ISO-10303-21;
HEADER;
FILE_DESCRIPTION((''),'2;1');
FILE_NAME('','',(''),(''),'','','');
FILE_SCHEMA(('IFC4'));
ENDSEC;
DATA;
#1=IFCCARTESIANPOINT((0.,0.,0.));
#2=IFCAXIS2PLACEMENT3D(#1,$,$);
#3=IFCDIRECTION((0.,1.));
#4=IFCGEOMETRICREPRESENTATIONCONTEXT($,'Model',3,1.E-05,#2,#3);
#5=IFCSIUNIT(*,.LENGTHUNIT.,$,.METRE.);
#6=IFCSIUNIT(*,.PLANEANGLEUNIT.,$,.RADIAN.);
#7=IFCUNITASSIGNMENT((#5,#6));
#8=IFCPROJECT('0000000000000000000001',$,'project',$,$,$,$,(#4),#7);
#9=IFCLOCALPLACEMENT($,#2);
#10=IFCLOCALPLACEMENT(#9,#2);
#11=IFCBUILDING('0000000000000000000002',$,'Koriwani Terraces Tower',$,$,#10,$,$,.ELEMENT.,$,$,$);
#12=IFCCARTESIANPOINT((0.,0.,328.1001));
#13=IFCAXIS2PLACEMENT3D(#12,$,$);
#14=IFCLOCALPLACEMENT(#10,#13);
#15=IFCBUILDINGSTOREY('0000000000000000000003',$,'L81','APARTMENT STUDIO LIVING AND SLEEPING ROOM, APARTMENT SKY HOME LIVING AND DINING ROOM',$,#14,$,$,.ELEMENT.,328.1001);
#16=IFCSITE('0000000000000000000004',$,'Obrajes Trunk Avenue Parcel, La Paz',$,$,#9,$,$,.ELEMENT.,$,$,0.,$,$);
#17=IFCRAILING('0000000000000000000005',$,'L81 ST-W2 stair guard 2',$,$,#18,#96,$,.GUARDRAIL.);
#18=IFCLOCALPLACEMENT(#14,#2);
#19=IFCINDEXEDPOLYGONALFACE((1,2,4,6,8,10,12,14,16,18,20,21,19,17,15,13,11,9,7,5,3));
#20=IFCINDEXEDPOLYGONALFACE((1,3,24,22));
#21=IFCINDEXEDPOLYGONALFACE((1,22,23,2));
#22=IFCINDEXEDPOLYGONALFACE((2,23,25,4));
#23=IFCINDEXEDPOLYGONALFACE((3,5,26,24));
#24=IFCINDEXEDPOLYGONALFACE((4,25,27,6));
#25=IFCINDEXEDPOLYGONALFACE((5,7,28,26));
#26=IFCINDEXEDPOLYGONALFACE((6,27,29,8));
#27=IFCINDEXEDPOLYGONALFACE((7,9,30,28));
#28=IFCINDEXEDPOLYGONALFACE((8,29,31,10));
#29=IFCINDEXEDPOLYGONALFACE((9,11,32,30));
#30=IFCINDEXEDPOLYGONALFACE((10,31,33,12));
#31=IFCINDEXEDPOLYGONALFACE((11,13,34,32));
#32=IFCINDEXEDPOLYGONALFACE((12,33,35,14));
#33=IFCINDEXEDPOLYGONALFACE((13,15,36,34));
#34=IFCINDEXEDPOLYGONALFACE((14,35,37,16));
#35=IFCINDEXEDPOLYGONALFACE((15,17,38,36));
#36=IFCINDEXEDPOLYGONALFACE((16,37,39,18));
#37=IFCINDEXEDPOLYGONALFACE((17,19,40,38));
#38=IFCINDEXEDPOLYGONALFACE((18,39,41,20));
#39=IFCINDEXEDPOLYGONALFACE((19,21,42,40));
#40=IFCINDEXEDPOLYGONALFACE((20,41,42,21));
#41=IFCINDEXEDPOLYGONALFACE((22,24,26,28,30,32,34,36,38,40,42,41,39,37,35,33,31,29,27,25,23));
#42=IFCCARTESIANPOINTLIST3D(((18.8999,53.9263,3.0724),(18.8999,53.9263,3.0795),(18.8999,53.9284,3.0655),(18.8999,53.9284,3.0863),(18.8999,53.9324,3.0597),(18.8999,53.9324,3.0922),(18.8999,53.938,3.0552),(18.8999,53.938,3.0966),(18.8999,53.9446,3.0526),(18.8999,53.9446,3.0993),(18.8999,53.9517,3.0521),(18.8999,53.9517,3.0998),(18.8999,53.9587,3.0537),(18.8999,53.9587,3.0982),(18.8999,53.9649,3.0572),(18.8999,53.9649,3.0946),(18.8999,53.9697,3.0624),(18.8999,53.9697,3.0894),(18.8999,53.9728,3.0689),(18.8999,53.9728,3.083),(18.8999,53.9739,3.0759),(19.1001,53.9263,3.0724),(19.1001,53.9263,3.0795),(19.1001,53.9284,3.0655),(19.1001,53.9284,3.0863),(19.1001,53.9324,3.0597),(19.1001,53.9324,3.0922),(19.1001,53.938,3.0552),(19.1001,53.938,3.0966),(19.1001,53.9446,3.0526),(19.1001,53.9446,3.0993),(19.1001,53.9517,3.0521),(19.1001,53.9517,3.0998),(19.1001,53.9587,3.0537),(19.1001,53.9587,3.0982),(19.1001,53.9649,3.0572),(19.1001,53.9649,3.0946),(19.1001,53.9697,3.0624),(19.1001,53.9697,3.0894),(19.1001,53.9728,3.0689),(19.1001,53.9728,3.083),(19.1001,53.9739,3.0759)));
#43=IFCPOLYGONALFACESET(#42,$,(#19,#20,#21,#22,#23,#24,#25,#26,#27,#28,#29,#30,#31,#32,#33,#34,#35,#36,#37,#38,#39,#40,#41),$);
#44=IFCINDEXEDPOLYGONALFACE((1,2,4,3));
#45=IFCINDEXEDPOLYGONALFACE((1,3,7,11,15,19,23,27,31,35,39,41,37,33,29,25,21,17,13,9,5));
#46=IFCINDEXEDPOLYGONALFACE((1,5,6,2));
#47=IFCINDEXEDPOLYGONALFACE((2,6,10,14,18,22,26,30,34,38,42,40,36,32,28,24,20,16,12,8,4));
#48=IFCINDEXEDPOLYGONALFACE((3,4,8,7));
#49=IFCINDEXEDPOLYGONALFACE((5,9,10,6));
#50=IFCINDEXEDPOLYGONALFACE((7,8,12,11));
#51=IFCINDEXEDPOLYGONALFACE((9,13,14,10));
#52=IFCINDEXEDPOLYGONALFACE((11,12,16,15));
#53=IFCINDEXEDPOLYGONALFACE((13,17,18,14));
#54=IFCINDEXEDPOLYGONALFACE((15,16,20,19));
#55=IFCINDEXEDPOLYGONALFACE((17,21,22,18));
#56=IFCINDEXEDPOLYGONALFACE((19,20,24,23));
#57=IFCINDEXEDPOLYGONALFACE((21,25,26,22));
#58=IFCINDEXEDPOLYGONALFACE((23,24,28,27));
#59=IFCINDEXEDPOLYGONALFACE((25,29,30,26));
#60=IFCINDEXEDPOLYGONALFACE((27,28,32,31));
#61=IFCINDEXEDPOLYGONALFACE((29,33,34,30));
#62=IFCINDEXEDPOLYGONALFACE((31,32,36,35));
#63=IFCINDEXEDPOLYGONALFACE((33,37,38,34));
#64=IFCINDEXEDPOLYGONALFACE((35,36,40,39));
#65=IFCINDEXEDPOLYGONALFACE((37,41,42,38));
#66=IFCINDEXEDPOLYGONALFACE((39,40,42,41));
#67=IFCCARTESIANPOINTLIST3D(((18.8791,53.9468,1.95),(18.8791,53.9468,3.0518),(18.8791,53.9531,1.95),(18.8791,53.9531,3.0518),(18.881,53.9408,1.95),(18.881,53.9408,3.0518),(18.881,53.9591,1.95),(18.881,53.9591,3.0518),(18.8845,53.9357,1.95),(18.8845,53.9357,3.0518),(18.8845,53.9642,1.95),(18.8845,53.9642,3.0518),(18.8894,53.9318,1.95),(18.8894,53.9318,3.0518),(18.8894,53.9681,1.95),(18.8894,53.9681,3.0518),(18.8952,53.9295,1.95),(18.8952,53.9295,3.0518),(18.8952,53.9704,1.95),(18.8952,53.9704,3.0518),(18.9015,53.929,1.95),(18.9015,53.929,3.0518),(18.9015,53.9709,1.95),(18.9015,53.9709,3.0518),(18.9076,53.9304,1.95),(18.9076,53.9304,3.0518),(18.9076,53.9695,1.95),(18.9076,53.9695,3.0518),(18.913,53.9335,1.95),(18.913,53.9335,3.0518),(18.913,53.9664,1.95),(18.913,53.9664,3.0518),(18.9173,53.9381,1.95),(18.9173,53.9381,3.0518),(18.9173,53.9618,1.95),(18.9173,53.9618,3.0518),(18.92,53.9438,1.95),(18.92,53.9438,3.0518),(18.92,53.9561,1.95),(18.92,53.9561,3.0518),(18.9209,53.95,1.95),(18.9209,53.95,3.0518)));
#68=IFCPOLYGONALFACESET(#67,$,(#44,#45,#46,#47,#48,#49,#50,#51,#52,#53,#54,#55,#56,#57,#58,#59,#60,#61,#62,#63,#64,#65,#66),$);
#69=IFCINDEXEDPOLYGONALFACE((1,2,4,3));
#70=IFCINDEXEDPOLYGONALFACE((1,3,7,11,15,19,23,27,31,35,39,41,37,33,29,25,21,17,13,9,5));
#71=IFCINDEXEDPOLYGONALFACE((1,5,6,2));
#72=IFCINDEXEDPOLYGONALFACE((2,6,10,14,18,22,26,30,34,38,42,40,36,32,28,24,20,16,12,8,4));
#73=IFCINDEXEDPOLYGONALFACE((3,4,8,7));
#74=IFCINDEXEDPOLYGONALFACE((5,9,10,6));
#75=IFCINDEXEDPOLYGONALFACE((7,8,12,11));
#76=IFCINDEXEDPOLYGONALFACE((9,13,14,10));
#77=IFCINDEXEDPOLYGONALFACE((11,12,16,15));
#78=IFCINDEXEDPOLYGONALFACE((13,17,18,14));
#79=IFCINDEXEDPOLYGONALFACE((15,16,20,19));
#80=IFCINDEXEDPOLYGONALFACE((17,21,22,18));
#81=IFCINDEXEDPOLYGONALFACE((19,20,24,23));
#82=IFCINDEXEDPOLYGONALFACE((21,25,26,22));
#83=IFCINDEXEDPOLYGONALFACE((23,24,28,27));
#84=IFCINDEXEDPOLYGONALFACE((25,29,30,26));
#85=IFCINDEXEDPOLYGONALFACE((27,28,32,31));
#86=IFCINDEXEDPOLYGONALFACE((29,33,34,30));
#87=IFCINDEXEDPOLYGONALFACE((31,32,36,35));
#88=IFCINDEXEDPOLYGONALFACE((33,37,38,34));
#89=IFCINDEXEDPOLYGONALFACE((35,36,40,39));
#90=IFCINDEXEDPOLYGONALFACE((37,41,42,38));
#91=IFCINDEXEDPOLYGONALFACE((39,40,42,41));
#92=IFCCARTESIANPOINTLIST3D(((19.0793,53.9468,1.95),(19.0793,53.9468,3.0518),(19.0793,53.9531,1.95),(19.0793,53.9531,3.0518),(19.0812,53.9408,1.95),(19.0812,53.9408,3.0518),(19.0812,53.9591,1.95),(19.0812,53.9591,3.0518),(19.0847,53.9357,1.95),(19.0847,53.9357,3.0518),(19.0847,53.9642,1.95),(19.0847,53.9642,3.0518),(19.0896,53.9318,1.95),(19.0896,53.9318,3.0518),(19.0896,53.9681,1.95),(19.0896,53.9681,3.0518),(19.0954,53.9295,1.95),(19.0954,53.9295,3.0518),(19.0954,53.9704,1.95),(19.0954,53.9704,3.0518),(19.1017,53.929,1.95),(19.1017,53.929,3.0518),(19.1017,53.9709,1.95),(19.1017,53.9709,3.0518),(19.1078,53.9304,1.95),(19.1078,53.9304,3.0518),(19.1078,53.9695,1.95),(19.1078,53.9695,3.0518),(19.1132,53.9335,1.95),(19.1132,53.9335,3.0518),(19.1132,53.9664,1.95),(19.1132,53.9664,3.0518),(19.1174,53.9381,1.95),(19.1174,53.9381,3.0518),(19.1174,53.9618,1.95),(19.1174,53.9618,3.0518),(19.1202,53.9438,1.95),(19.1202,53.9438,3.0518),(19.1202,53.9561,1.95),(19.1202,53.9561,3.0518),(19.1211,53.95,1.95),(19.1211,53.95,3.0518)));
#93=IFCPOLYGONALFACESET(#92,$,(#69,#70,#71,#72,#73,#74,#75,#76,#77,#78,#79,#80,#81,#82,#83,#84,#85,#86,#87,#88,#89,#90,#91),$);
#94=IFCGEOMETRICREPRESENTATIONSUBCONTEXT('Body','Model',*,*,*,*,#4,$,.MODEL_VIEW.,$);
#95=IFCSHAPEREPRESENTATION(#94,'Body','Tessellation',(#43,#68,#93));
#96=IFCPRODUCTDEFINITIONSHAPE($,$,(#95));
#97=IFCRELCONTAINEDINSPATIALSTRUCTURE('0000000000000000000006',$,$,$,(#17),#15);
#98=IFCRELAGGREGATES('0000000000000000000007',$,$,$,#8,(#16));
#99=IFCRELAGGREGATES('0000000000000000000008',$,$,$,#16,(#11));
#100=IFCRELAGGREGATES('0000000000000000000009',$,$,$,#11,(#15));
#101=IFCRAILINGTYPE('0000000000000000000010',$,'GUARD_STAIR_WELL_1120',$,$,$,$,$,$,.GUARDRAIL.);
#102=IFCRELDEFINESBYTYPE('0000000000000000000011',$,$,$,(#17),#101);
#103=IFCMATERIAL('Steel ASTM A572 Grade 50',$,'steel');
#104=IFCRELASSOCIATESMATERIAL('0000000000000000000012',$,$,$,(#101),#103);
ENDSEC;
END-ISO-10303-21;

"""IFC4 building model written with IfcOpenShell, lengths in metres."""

from ifc_helpers import new_model, si_unit, direction, frame, origin, origin_2d, place, context, subcontext, project, spatial, circle, extrude, material, type_object, element, save


model = new_model("IFC4")

# Units and contexts
model_context = context("Model", 3, precision=1e-05, world=origin(), true_north=direction((0.0, 1.0)))
body_context = subcontext(model_context, "Body", "Model", "MODEL_VIEW")
ifc_project = project(units=[si_unit("LENGTHUNIT", "METRE"), si_unit("PLANEANGLEUNIT", "RADIAN")], contexts=[model_context])

# Site, building, storey
site_placement = place(None, origin())
site = spatial("IfcSite", under=ifc_project, at=site_placement, Name="Obrajes Trunk Avenue Parcel, La Paz", CompositionType="ELEMENT", RefElevation=0.0)
building_placement = place(site_placement, origin())
building = spatial("IfcBuilding", under=site, at=building_placement, Name="Koriwani Terraces Tower", CompositionType="ELEMENT")
storey_placement = place(building_placement, frame((0.0, 0.0, 328.1001)))
storey = spatial("IfcBuildingStorey", under=building, at=storey_placement, Name="L81", Description="APARTMENT STUDIO LIVING AND SLEEPING ROOM, APARTMENT SKY HOME LIVING AND DINING ROOM", CompositionType="ELEMENT", Elevation=328.1001)

# Shared definitions
ifc_material_1 = material(Name="Steel ASTM A572 Grade 50", Category="steel")

# Railing
railing_type_1 = type_object("IfcRailingType", Name="GUARD_STAIR_WELL_1120", PredefinedType="GUARDRAIL", material=ifc_material_1)
railing_1_placement = place(storey_placement, frame((18.8999, 53.95, 1.95)))
element("IfcRailing", 1, at=railing_1_placement, inside=storey, type_object=railing_type_1, Name="L81 ST-W2 stair guard 2", PredefinedType="GUARDRAIL", context=body_context, shape_type="SweptSolid", body=[
    extrude(circle(Radius=0.0239, at=origin_2d()), frame((0.0, 0.0, 1.126), z_axis=(1.0, 0.0, 0.0), x_axis=(0.0, 1.0, 0.0)), (0.0, 0.0, 1.0), 0.2002),
    extrude(circle(Radius=0.021, at=origin_2d()), origin(), (0.0, 0.0, 1.0), 1.1018),
    extrude(circle(Radius=0.021, at=origin_2d()), frame((0.2002, 0.0, 0.0)), (0.0, 0.0, 1.0), 1.1018),
])

save(model, "model.ifc")
